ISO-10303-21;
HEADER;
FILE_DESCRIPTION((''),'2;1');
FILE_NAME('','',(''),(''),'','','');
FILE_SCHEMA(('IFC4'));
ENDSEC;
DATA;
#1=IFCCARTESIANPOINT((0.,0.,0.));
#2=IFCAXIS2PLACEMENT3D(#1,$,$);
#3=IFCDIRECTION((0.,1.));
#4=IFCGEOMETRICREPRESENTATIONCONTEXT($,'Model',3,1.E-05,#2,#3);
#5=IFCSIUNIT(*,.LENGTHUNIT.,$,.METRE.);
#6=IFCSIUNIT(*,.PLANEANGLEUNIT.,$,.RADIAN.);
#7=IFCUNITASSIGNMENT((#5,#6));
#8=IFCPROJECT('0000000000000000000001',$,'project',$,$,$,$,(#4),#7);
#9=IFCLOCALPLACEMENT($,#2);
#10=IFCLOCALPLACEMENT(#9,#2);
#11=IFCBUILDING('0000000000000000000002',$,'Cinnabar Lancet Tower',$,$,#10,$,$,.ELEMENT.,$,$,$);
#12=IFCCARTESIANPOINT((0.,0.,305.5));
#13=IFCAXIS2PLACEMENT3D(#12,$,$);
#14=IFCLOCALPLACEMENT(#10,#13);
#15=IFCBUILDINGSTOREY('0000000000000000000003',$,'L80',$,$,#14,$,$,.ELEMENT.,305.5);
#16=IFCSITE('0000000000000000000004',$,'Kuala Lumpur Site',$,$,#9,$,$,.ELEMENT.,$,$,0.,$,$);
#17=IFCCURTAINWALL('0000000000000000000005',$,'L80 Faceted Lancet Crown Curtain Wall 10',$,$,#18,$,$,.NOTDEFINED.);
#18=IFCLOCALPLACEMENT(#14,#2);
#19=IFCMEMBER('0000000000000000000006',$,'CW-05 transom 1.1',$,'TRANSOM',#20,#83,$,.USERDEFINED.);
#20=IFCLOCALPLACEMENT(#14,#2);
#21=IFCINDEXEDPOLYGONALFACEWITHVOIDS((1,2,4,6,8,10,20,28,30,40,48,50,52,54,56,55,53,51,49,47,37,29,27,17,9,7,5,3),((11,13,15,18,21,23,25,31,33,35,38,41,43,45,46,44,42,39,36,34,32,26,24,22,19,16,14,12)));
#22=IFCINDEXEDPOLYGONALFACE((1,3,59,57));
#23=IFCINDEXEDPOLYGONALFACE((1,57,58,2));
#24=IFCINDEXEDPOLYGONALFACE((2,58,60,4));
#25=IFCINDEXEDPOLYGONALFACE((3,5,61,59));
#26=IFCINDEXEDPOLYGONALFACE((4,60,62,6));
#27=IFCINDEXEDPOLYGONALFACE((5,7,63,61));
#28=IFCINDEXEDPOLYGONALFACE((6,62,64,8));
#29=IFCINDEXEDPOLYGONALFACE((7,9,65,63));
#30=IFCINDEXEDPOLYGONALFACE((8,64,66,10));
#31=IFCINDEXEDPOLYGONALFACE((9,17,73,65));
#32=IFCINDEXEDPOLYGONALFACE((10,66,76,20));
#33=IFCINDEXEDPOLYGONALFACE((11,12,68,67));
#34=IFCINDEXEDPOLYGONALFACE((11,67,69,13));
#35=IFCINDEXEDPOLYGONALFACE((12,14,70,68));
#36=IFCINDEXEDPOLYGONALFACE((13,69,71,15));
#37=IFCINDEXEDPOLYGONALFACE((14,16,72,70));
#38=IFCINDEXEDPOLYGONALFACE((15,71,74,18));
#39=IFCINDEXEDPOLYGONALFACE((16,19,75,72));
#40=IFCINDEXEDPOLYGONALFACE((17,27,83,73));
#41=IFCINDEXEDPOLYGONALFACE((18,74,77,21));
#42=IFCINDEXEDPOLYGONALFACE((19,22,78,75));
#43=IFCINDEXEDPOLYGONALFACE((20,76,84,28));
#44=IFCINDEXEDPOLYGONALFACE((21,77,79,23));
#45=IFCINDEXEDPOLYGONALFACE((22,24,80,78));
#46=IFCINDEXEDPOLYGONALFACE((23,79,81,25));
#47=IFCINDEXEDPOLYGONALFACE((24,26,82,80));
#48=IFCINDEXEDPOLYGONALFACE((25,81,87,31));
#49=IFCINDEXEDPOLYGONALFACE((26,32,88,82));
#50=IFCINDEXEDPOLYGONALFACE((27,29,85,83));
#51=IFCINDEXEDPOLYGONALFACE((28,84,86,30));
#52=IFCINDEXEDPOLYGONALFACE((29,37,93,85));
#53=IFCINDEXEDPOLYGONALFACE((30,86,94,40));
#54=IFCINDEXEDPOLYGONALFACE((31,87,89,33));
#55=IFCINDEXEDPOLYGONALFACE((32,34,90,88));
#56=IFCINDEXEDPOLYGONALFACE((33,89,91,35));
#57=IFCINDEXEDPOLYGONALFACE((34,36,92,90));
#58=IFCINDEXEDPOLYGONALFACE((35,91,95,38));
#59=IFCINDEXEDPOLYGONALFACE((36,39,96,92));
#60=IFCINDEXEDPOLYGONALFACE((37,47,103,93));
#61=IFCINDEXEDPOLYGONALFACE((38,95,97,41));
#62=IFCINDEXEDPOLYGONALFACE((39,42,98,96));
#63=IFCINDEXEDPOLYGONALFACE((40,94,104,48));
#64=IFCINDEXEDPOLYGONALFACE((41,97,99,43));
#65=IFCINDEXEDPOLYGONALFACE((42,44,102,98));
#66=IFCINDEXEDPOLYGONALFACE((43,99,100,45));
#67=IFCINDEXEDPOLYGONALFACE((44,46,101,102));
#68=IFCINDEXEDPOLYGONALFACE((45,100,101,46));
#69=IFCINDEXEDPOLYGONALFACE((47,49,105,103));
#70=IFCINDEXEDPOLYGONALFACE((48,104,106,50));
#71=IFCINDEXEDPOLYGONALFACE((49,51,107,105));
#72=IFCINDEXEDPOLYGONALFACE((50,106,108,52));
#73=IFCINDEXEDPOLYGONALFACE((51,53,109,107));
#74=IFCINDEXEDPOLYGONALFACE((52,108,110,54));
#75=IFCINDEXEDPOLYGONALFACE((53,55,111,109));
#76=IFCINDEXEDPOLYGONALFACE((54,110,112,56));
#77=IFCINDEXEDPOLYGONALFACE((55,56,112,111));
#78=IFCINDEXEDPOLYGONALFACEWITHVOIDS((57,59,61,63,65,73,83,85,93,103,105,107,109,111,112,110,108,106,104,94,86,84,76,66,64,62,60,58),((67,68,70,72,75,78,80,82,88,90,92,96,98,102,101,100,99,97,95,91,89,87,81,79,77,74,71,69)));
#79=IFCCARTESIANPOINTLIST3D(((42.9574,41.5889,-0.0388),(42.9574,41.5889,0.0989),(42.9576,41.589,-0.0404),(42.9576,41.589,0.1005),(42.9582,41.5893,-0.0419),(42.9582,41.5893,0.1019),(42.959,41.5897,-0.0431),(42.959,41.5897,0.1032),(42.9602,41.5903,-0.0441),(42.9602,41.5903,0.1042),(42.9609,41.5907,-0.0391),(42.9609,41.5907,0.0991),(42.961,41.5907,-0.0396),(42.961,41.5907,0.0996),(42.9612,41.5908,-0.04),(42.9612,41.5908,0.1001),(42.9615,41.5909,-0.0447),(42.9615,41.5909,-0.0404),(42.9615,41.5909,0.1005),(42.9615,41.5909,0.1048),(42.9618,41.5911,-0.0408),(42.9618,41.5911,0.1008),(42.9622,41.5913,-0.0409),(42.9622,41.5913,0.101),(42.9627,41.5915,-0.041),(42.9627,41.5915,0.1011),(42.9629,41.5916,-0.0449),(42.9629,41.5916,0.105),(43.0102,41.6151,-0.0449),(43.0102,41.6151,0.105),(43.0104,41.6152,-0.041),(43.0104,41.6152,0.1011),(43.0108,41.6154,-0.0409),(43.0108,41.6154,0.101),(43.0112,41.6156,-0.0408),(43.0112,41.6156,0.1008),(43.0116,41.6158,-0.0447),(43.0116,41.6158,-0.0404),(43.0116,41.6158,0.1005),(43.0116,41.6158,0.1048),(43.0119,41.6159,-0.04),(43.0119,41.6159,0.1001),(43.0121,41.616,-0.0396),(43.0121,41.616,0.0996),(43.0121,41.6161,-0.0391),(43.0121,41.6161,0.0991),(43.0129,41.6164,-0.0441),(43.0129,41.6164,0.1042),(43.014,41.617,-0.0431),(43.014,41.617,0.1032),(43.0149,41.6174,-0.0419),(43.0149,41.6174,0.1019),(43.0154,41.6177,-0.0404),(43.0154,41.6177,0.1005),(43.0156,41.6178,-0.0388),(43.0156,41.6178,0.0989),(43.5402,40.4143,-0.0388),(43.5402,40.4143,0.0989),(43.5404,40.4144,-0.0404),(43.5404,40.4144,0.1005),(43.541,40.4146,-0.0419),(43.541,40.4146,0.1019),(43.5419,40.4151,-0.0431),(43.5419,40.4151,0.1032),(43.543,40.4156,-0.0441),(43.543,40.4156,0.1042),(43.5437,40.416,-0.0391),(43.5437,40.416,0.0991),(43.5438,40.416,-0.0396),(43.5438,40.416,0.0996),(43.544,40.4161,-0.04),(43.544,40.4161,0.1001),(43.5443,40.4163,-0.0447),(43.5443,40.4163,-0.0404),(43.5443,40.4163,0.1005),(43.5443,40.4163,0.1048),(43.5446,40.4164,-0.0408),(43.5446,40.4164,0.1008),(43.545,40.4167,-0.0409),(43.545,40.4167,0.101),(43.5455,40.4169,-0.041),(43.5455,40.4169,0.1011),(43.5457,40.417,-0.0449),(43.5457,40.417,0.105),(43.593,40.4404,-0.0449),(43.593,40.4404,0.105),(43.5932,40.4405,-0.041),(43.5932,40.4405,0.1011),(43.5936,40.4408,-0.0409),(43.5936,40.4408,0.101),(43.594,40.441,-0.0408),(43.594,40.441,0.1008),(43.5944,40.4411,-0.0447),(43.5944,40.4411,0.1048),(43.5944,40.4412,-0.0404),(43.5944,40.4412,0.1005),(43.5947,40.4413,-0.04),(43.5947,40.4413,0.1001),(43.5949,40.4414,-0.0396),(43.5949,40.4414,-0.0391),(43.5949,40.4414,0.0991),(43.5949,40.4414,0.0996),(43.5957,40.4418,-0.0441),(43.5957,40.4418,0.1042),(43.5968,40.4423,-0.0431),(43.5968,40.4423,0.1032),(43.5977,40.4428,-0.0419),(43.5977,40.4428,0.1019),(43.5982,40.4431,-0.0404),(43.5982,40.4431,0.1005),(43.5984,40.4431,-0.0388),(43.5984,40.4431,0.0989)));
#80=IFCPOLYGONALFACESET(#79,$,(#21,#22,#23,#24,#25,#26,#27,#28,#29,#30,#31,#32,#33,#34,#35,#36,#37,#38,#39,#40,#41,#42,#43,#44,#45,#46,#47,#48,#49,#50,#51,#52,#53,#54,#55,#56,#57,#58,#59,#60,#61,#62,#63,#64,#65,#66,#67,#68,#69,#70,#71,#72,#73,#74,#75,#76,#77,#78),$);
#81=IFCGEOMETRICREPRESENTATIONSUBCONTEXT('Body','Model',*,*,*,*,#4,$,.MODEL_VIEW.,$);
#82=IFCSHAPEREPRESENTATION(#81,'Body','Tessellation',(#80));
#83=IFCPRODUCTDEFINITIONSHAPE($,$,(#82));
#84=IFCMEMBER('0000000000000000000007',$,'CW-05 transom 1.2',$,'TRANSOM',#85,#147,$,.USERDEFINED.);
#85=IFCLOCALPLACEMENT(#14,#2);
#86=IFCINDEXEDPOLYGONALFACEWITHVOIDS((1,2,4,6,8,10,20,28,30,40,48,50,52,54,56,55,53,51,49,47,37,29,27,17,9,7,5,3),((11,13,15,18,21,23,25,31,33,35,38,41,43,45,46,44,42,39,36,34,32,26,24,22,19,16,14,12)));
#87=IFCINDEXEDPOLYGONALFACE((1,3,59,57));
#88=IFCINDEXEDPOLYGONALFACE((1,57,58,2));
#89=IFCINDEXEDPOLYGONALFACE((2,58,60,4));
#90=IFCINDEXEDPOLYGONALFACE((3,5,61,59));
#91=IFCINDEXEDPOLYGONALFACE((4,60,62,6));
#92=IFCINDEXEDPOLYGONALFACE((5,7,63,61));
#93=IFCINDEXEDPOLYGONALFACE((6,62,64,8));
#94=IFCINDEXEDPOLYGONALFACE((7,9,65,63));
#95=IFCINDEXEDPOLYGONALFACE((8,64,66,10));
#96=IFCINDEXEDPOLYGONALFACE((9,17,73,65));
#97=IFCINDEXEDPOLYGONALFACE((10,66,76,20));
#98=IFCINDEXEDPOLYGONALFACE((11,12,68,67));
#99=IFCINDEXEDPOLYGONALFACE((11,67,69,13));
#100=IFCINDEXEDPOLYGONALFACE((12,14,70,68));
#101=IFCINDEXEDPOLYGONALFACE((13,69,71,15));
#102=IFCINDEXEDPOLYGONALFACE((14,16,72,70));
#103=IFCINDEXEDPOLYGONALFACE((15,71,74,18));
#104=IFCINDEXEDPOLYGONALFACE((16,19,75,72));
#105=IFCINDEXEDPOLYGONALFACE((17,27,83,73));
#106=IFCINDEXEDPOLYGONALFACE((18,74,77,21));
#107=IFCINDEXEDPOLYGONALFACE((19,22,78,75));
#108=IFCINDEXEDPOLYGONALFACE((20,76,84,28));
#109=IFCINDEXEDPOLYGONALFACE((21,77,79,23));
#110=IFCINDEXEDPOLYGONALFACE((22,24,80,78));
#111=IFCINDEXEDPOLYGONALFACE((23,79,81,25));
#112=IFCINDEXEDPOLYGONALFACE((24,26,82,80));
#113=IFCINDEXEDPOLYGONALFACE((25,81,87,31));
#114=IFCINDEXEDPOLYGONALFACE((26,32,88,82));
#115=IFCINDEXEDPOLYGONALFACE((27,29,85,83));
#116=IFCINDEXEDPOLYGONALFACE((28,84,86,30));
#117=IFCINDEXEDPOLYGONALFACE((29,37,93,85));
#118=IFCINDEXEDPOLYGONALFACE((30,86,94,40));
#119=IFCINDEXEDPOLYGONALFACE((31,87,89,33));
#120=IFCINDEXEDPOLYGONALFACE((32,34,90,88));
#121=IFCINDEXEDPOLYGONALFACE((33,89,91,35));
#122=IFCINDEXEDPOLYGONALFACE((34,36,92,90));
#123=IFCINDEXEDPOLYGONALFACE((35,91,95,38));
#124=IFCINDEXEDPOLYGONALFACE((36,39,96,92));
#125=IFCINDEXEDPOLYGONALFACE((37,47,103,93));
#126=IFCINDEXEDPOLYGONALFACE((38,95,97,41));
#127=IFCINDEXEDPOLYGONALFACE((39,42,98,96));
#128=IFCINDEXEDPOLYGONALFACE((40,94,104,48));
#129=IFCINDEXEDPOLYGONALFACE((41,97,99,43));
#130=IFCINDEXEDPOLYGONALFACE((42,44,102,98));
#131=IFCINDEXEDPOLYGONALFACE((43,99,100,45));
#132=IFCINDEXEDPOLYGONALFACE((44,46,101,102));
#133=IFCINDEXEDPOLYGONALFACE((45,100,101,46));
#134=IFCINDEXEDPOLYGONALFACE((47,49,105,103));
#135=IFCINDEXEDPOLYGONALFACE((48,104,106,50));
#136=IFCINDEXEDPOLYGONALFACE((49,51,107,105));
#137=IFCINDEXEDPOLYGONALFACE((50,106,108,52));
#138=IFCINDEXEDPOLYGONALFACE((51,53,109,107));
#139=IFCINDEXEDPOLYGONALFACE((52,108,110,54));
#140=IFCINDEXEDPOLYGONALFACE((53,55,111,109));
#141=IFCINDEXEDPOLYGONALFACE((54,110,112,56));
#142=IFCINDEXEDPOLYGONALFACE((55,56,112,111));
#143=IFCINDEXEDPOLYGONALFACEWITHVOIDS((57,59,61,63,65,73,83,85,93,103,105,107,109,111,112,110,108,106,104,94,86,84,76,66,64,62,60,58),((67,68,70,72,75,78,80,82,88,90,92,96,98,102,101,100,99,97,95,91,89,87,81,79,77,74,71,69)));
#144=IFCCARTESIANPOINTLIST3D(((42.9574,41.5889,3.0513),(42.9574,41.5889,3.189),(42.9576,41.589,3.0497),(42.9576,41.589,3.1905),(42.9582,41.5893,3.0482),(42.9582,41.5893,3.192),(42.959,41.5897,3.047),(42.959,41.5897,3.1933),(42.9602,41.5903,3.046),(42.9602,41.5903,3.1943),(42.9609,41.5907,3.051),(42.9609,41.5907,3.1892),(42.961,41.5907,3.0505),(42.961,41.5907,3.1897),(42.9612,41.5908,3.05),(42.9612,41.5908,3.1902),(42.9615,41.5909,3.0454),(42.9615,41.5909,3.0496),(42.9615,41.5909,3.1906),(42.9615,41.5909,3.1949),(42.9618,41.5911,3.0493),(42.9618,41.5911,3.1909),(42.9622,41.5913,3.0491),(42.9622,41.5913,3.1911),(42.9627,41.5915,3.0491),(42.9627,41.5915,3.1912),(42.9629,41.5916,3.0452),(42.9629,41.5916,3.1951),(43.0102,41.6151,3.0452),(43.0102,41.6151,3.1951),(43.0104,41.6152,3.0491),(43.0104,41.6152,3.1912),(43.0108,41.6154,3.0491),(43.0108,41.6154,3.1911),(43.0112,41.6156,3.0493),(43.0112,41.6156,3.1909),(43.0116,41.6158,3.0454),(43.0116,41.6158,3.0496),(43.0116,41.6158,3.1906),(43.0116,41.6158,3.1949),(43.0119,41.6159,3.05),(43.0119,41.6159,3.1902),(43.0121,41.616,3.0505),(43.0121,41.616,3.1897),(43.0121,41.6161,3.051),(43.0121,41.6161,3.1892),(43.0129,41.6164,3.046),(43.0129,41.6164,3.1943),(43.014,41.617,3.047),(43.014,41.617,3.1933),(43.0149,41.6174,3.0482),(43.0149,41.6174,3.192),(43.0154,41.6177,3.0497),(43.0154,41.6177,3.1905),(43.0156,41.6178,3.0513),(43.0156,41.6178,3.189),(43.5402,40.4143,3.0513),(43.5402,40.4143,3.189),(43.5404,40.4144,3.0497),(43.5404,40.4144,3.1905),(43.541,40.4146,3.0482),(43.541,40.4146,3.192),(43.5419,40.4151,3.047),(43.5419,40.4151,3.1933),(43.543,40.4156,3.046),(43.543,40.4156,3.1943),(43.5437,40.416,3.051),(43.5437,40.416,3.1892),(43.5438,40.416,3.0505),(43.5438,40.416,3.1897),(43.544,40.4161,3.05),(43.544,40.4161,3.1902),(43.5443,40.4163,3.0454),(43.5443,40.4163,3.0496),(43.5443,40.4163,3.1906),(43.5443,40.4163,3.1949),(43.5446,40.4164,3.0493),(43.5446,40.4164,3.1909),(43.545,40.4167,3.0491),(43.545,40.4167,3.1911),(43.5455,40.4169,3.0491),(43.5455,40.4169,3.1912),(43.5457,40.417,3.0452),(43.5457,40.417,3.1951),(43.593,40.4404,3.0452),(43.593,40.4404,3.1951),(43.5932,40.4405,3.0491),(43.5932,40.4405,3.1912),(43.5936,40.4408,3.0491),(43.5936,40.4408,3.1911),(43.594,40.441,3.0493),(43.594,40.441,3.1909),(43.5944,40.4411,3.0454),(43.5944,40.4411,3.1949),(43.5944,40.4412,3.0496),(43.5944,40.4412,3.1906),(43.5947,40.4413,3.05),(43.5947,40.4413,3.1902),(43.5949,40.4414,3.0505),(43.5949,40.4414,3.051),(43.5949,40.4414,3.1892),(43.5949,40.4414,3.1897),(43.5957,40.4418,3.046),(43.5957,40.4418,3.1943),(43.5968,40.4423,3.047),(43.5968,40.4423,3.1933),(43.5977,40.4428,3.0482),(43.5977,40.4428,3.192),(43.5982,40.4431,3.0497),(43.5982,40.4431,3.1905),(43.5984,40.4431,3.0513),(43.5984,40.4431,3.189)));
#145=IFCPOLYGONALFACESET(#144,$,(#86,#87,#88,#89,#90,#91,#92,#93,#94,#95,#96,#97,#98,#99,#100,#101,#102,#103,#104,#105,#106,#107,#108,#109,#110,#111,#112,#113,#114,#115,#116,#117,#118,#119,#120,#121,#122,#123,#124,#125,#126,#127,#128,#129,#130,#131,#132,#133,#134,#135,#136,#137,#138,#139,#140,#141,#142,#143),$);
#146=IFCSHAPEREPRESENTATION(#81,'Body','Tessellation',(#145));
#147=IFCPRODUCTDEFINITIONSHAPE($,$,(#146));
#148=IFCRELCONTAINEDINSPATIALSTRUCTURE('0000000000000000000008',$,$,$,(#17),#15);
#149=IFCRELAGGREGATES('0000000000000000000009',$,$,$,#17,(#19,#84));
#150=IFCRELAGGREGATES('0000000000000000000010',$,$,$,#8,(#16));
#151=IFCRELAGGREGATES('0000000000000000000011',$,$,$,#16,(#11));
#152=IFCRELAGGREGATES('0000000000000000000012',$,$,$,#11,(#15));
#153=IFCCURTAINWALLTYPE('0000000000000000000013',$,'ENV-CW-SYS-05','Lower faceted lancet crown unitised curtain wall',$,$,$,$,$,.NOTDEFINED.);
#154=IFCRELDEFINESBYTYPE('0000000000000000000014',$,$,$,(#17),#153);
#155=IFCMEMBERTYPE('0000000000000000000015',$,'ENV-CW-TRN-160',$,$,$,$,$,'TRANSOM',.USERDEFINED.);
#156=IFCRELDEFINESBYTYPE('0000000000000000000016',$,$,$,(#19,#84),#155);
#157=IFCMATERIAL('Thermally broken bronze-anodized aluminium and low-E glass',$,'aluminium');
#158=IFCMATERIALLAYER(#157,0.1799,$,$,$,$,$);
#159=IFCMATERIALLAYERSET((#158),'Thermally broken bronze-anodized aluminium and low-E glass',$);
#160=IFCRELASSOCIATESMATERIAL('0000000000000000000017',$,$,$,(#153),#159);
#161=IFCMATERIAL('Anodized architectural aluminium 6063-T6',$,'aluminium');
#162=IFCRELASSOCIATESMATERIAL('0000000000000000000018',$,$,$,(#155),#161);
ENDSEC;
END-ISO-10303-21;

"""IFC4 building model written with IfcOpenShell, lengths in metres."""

from ifc_helpers import new_model, si_unit, direction, frame, origin, origin_2d, place, context, subcontext, project, spatial, hollow_rectangle, extrude, material, layer, layer_set, material_profile, profile_set, type_object, element, aggregate, save


model = new_model("IFC4")

# Units and contexts
model_context = context("Model", 3, precision=1e-05, world=origin(), true_north=direction((0.0, 1.0)))
body_context = subcontext(model_context, "Body", "Model", "MODEL_VIEW")
ifc_project = project(units=[si_unit("LENGTHUNIT", "METRE"), si_unit("PLANEANGLEUNIT", "RADIAN")], contexts=[model_context])

# Site, building, storey
site_placement = place(None, origin())
site = spatial("IfcSite", under=ifc_project, at=site_placement, Name="Kuala Lumpur Site", CompositionType="ELEMENT", RefElevation=0.0)
building_placement = place(site_placement, origin())
building = spatial("IfcBuilding", under=site, at=building_placement, Name="Cinnabar Lancet Tower", CompositionType="ELEMENT")
storey_placement = place(building_placement, frame((0.0, 0.0, 305.5)))
storey = spatial("IfcBuildingStorey", under=building, at=storey_placement, Name="L80", CompositionType="ELEMENT", Elevation=305.5)

# Curtain wall
ifc_material_1 = material(Name="Thermally broken bronze-anodized aluminium and low-E glass", Category="aluminium")
ifc_layer_1 = layer(ifc_material_1, 0.1799)
ifc_layer_set_1 = layer_set([ifc_layer_1], Name="Thermally broken bronze-anodized aluminium and low-E glass")
curtain_wall_type = type_object("IfcCurtainWallType", Name="ENV-CW-SYS-05", Description="Lower faceted lancet crown unitised curtain wall", PredefinedType="NOTDEFINED", material=ifc_layer_set_1)
curtain_wall_1_placement = place(storey_placement, origin())
curtain_wall_1 = element("IfcCurtainWall", 1, at=curtain_wall_1_placement, inside=storey, type_object=curtain_wall_type, Name="L80 Faceted Lancet Crown Curtain Wall 10", PredefinedType="NOTDEFINED")

# Members
ifc_material_2 = material(Name="Anodized architectural aluminium 6063-T6", Category="aluminium")
ifc_material_profile_1 = material_profile(ifc_material_2, hollow_rectangle(XDim=0.0649, YDim=0.1499, WallThickness=0.0039, InnerFilletRadius=0.002, OuterFilletRadius=0.0061, at=origin_2d()), Name="CW-TRN 150x65x4")
ifc_profile_set_1 = profile_set([ifc_material_profile_1], Name="Anodized architectural aluminium 6063-T6")
member_type_1 = type_object("IfcMemberType", Name="ENV-CW-TRN-160", ElementType="TRANSOM", PredefinedType="USERDEFINED", material=ifc_profile_set_1)
member_1_placement = place(storey_placement, frame((43.5693, 40.4287, 0.03), z_axis=(-0.444456, 0.895801, 0.0), x_axis=(-0.895801, -0.444456, 0.0)))
member_1 = element("IfcMember", 2, at=member_1_placement, type_object=member_type_1, Name="CW-05 transom 1.1", ObjectType="TRANSOM", PredefinedType="USERDEFINED", context=body_context, shape_type="SweptSolid", body=[
    extrude(hollow_rectangle(XDim=0.0649, YDim=0.1499, WallThickness=0.0039, InnerFilletRadius=0.002, OuterFilletRadius=0.0061, at=origin_2d()), origin(), (0.0, 0.0, 1.0), 1.3113),
])
member_2_placement = place(storey_placement, frame((43.5693, 40.4287, 3.1201), z_axis=(-0.444456, 0.895801, 0.0), x_axis=(-0.895801, -0.444456, 0.0)))
member_2 = element("IfcMember", 3, at=member_2_placement, type_object=member_type_1, Name="CW-05 transom 1.2", ObjectType="TRANSOM", PredefinedType="USERDEFINED", context=body_context, shape_type="SweptSolid", body=[
    extrude(hollow_rectangle(XDim=0.0649, YDim=0.1499, WallThickness=0.0039, InnerFilletRadius=0.002, OuterFilletRadius=0.0061, at=origin_2d()), origin(), (0.0, 0.0, 1.0), 1.3113),
])

aggregate(curtain_wall_1, [member_1, member_2])

save(model, "model.ifc")
